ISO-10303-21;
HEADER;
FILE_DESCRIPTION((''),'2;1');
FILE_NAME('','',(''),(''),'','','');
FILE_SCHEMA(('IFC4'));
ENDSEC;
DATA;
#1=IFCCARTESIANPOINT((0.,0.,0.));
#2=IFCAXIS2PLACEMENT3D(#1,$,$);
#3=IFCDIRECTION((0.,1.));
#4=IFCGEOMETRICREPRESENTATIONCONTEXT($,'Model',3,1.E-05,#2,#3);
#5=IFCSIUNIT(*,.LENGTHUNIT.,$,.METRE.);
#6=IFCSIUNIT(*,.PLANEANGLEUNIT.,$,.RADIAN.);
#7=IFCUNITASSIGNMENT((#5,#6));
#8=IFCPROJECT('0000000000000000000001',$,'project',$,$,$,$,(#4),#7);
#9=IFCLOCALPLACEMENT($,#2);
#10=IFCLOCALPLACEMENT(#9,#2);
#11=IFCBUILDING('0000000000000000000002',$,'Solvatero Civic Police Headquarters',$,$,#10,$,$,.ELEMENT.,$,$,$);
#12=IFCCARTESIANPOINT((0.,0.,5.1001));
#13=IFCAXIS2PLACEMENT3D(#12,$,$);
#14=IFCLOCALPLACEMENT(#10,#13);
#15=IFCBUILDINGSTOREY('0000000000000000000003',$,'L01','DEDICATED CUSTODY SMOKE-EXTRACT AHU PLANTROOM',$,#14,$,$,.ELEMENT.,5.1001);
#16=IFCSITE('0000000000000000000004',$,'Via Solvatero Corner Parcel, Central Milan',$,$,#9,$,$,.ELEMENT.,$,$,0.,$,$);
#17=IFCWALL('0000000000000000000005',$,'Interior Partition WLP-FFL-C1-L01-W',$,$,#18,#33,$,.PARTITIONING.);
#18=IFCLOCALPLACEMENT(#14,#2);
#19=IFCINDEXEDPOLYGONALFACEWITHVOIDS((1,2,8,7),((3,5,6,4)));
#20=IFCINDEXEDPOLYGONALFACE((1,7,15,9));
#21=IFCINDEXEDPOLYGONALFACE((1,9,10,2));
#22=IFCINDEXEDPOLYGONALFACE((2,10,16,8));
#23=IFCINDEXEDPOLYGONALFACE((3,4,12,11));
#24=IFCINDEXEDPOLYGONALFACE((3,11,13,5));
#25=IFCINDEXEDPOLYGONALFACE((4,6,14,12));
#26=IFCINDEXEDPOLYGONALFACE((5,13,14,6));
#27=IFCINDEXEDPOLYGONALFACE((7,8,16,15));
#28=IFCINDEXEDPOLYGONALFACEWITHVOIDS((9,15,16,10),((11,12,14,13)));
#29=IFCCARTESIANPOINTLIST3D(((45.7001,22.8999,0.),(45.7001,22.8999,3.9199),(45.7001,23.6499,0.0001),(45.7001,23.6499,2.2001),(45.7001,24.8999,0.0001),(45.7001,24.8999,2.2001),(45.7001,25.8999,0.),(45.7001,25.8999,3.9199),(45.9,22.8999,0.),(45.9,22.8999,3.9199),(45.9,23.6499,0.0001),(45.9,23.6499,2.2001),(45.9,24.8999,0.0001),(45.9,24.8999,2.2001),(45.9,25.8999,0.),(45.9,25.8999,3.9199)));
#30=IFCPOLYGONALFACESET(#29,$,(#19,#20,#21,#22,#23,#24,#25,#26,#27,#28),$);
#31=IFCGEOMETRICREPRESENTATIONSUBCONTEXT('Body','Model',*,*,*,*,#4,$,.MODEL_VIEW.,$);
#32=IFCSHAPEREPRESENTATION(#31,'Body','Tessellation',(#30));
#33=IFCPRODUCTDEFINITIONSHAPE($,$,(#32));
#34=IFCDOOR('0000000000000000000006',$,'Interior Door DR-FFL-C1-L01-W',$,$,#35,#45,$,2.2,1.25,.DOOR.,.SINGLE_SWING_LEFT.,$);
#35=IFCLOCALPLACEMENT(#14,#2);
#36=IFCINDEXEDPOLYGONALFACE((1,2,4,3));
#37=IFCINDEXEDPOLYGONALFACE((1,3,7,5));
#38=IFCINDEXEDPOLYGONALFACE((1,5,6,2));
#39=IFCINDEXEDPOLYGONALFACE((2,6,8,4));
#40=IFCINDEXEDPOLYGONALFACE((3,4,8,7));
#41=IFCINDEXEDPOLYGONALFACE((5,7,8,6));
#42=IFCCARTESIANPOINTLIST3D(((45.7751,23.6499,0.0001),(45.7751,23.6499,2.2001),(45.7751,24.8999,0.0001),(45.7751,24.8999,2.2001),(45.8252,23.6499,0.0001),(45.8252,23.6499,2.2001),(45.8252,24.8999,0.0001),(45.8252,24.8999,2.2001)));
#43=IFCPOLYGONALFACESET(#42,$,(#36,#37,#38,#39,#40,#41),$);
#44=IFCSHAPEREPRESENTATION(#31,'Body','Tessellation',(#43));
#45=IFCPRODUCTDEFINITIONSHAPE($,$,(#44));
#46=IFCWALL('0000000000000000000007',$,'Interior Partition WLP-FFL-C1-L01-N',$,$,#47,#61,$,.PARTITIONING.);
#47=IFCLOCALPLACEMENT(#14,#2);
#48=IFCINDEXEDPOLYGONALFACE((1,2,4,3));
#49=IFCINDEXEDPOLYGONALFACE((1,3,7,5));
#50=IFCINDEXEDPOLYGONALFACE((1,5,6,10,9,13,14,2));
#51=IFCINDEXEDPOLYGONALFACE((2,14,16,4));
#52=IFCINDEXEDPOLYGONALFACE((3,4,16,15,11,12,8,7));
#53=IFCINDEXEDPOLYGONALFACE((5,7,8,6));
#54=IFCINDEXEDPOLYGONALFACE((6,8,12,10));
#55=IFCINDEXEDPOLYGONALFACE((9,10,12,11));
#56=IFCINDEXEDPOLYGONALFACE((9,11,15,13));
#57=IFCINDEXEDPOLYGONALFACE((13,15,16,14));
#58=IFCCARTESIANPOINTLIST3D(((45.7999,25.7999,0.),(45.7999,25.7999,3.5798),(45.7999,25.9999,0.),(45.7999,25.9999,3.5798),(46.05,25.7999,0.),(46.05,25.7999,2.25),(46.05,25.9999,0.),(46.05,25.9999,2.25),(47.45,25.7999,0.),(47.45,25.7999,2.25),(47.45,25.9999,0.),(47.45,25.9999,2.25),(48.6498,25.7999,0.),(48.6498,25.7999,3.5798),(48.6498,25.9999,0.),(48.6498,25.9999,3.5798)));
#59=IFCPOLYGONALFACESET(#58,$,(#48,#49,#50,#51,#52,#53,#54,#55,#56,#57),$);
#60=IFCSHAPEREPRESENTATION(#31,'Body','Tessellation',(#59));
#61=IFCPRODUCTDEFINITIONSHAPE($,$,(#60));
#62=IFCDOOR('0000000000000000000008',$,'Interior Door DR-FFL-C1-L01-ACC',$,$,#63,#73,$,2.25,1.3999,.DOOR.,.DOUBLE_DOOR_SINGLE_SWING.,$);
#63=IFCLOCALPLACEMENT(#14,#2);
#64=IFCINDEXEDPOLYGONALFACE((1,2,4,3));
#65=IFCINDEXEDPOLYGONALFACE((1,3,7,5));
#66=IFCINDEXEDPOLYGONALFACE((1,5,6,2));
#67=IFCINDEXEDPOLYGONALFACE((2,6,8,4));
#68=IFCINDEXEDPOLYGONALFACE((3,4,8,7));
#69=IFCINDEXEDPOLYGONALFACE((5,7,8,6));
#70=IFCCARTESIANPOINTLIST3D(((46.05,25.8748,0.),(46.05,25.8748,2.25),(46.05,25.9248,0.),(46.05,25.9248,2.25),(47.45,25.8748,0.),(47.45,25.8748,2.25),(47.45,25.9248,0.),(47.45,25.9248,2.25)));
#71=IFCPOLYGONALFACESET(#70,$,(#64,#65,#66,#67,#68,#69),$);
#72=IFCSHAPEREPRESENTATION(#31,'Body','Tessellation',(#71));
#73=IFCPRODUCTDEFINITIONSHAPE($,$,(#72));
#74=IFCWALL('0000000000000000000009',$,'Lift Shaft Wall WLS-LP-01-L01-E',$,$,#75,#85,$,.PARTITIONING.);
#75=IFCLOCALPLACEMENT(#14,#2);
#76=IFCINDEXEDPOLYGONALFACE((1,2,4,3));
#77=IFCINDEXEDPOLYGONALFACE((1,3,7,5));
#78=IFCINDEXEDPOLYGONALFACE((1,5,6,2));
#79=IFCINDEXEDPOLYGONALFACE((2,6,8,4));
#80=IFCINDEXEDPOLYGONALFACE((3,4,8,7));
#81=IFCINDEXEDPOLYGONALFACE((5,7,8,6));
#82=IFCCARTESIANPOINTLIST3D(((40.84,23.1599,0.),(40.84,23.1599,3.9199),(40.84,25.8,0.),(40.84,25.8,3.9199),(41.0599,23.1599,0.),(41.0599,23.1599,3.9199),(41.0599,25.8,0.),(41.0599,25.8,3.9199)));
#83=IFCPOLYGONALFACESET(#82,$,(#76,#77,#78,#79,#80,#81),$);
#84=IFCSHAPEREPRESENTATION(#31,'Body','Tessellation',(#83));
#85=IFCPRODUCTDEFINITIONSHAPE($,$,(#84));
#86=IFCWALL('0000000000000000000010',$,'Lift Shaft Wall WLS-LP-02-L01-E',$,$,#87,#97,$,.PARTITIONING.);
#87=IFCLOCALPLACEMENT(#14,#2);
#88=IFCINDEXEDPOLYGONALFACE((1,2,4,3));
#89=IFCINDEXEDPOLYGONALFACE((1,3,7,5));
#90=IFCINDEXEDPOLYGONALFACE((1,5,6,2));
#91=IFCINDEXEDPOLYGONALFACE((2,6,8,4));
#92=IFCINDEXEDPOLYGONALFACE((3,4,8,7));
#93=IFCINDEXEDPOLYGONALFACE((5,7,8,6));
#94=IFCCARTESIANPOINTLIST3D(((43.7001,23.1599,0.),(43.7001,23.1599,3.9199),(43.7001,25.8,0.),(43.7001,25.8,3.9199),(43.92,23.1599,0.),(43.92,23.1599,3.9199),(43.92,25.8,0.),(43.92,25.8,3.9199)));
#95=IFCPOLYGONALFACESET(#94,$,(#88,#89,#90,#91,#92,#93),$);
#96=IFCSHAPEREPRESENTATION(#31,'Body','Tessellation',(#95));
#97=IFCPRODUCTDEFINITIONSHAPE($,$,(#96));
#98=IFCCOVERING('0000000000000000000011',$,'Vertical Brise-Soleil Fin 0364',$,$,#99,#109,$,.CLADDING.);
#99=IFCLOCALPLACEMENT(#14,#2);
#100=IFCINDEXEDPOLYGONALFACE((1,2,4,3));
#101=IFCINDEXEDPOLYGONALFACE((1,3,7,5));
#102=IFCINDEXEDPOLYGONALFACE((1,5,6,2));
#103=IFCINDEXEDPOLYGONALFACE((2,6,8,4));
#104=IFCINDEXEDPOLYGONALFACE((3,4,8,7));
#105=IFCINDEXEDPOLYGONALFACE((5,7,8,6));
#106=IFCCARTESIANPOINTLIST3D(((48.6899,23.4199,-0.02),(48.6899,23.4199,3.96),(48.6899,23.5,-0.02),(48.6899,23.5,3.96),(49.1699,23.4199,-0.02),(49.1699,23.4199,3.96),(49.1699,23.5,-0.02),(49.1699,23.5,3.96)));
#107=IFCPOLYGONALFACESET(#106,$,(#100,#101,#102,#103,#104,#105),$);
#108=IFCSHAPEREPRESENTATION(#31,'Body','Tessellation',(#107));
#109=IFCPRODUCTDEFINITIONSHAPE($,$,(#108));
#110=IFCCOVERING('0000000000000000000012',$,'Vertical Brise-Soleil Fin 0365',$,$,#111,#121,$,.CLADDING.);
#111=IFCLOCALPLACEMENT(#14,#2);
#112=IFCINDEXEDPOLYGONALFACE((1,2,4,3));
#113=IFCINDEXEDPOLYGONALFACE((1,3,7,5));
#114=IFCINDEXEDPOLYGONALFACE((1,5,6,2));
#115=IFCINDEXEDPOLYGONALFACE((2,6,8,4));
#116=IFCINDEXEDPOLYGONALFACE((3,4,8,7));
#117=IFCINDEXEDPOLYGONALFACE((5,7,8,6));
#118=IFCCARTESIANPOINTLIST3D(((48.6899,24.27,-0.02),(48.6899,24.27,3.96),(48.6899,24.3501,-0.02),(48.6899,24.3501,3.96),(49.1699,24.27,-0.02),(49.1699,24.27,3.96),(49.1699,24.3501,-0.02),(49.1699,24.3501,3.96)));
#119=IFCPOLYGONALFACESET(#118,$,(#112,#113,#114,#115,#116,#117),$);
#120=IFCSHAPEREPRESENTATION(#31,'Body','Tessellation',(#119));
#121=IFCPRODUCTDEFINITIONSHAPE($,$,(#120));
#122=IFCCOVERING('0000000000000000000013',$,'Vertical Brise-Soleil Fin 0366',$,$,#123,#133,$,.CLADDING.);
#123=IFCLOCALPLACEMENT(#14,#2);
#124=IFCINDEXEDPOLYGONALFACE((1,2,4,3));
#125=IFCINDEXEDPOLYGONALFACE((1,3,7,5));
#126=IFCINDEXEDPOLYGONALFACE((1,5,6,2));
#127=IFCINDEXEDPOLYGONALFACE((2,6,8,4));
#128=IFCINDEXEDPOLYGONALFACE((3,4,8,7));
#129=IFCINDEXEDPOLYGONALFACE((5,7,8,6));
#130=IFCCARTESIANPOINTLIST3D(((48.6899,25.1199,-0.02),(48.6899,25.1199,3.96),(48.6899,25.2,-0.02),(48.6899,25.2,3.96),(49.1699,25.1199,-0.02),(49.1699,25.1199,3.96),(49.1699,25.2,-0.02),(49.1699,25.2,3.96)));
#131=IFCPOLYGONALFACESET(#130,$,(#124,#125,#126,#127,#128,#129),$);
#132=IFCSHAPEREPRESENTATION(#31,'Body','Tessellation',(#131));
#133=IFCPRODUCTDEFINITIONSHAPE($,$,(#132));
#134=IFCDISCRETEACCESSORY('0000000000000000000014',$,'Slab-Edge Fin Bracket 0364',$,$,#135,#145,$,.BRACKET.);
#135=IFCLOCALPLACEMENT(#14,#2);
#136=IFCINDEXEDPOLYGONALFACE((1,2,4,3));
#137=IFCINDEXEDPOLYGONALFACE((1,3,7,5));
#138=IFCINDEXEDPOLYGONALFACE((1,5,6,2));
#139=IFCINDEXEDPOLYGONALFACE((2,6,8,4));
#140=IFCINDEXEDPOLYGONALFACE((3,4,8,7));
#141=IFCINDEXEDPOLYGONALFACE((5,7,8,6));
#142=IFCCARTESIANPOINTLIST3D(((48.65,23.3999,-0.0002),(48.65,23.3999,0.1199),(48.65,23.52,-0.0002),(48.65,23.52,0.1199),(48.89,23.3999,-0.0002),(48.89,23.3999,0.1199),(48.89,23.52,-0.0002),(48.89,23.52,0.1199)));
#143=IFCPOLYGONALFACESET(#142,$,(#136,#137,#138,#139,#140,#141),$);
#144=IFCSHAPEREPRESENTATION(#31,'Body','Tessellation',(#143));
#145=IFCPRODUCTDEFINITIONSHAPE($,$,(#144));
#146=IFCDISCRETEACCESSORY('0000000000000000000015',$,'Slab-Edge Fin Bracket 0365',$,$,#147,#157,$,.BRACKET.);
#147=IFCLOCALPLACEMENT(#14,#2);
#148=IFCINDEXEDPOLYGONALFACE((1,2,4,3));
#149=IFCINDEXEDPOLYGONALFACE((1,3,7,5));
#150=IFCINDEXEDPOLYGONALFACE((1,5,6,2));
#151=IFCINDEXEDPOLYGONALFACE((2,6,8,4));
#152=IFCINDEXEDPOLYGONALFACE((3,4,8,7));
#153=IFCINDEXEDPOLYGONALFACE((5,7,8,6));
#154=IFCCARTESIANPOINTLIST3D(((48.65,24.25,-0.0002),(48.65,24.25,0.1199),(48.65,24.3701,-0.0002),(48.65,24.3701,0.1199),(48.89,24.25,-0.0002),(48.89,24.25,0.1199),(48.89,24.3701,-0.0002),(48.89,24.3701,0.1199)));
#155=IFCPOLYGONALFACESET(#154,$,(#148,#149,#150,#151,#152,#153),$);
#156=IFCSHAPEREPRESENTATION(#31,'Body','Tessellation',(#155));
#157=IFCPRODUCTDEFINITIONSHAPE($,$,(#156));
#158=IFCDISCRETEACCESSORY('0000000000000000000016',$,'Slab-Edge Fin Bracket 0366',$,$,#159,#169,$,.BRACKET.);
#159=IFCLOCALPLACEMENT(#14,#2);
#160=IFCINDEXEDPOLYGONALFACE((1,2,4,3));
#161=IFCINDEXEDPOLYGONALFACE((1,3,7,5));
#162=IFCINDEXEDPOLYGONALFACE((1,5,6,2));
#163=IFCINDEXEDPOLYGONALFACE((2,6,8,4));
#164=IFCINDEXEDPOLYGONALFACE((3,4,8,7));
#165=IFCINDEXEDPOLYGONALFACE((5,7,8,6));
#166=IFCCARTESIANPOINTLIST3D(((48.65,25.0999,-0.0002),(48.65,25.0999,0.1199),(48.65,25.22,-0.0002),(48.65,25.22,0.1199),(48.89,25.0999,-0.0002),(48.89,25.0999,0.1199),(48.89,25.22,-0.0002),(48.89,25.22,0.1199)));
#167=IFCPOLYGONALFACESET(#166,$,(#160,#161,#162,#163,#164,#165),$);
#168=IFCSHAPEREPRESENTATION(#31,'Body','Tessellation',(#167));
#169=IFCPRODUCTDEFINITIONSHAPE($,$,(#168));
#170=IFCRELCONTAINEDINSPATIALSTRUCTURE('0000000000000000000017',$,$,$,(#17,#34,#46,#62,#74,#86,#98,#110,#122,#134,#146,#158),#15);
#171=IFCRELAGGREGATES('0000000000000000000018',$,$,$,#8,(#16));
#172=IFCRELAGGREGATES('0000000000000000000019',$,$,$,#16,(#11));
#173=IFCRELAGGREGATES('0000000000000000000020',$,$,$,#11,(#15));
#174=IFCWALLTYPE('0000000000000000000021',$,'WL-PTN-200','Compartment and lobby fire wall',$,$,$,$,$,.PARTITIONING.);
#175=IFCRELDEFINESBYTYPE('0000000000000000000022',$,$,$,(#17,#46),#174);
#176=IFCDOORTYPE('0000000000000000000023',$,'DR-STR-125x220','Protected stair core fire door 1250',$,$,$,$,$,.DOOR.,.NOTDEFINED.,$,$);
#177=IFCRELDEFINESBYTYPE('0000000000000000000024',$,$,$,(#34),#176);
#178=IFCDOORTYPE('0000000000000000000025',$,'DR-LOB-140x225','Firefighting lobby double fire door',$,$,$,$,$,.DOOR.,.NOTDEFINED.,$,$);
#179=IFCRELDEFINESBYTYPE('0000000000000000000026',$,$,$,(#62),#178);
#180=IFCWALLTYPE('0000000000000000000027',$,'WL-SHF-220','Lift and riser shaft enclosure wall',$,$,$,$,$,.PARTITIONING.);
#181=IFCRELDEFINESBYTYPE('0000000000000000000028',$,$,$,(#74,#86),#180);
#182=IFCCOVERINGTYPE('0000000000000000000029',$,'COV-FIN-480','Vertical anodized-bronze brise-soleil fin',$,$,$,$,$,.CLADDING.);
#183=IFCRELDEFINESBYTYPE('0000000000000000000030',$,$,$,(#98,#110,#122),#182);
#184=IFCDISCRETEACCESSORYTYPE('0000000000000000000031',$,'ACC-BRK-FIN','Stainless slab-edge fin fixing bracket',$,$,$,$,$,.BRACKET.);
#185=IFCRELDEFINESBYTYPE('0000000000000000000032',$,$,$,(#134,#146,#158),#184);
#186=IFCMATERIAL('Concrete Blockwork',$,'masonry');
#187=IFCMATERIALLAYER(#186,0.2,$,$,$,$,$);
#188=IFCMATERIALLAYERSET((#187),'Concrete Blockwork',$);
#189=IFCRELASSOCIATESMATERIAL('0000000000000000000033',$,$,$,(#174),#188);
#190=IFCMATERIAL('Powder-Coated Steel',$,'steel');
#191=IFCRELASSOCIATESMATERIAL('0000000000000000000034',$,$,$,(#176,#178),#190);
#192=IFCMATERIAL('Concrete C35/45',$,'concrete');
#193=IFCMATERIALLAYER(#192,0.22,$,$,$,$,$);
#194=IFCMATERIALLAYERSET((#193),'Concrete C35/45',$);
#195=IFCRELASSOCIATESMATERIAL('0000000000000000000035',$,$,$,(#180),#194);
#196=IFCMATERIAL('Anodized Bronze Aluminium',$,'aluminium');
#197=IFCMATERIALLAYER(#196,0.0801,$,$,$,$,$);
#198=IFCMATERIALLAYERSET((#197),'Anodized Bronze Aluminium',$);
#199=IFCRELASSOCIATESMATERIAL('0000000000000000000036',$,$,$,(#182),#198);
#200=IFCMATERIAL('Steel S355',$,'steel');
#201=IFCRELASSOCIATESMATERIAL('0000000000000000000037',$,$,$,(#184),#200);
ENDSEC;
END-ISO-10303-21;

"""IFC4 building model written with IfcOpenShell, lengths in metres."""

from ifc_helpers import new_model, si_unit, direction, frame, frame_2d, origin, origin_2d, place, context, subcontext, project, spatial, rectangle, extrude, material, layer, layer_set, type_object, element, fill, save


model = new_model("IFC4")

# Units and contexts
model_context = context("Model", 3, precision=1e-05, world=origin(), true_north=direction((0.0, 1.0)))
body_context = subcontext(model_context, "Body", "Model", "MODEL_VIEW")
ifc_project = project(units=[si_unit("LENGTHUNIT", "METRE"), si_unit("PLANEANGLEUNIT", "RADIAN")], contexts=[model_context])

# Site, building, storey
site_placement = place(None, origin())
site = spatial("IfcSite", under=ifc_project, at=site_placement, Name="Via Solvatero Corner Parcel, Central Milan", CompositionType="ELEMENT", RefElevation=0.0)
building_placement = place(site_placement, origin())
building = spatial("IfcBuilding", under=site, at=building_placement, Name="Solvatero Civic Police Headquarters", CompositionType="ELEMENT")
storey_placement = place(building_placement, frame((0.0, 0.0, 5.1001)))
storey = spatial("IfcBuildingStorey", under=building, at=storey_placement, Name="L01", Description="DEDICATED CUSTODY SMOKE-EXTRACT AHU PLANTROOM", CompositionType="ELEMENT", Elevation=5.1001)

# Shared definitions
ifc_material_1 = material(Name="Steel S355", Category="steel")

# Shared definitions
ifc_material_2 = material(Name="Anodized Bronze Aluminium", Category="aluminium")

# Walls, openings, doors
ifc_material_3 = material(Name="Concrete Blockwork", Category="masonry")
ifc_layer_1 = layer(ifc_material_3, 0.2)
ifc_layer_set_1 = layer_set([ifc_layer_1], Name="Concrete Blockwork")
wall_type_1 = type_object("IfcWallType", Name="WL-PTN-200", Description="Compartment and lobby fire wall", PredefinedType="PARTITIONING", material=ifc_layer_set_1)
wall_1_placement = place(storey_placement, frame((45.8, 22.8999, 0.0), z_axis=(0.0, 0.0, 1.0), x_axis=(0.0, 1.0, 0.0)))
wall_1 = element("IfcWall", 1, at=wall_1_placement, inside=storey, type_object=wall_type_1, Name="Interior Partition WLP-FFL-C1-L01-W", PredefinedType="PARTITIONING", context=body_context, shape_type="SweptSolid", body=[
    extrude(rectangle(XDim=3.0, YDim=0.2, at=frame_2d((1.5, 0.0))), origin(), (0.0, 0.0, 1.0), 3.9199),
])
opening_1_placement = place(wall_1_placement, frame((0.75, 0.0, 0.0)))
opening_1 = element("IfcOpeningElement", 2, at=opening_1_placement, cuts=wall_1, PredefinedType="OPENING", context=body_context, shape_type="SweptSolid", body=[
    extrude(rectangle(XDim=1.25, YDim=2.2, at=frame_2d((0.625, 1.1001))), frame((0.0, 0.1099, 0.0), z_axis=(0.0, -1.0, 0.0), x_axis=(1.0, 0.0, 0.0)), (0.0, 0.0, 1.0), 0.22),
])
ifc_material_4 = material(Name="Powder-Coated Steel", Category="steel")
door_type_1 = type_object("IfcDoorType", Name="DR-STR-125x220", Description="Protected stair core fire door 1250", OperationType="NOTDEFINED", PredefinedType="DOOR", material=ifc_material_4)
door_1_placement = place(opening_1_placement, origin())
door_1 = element("IfcDoor", 3, at=door_1_placement, inside=storey, type_object=door_type_1, Name="Interior Door DR-FFL-C1-L01-W", OperationType="SINGLE_SWING_LEFT", OverallHeight=2.2, OverallWidth=1.25, PredefinedType="DOOR", context=body_context, shape_type="SweptSolid", body=[
    extrude(rectangle(XDim=1.25, YDim=2.2, at=frame_2d((0.625, 1.1001))), frame((0.0, 0.0249, 0.0), z_axis=(0.0, -1.0, 0.0), x_axis=(1.0, 0.0, 0.0)), (0.0, 0.0, 1.0), 0.05),
])
fill(opening_1, door_1)
wall_2_placement = place(storey_placement, frame((45.8, 25.8999, 0.0), z_axis=(0.0, 0.0, 1.0), x_axis=(1.0, 0.0, 0.0)))
wall_2 = element("IfcWall", 4, at=wall_2_placement, inside=storey, type_object=wall_type_1, Name="Interior Partition WLP-FFL-C1-L01-N", PredefinedType="PARTITIONING", context=body_context, shape_type="SweptSolid", body=[
    extrude(rectangle(XDim=2.8499, YDim=0.2, at=frame_2d((1.4248, 0.0))), origin(), (0.0, 0.0, 1.0), 3.5798),
])
opening_2_placement = place(wall_2_placement, frame((0.25, 0.0, 0.0)))
opening_2 = element("IfcOpeningElement", 5, at=opening_2_placement, cuts=wall_2, PredefinedType="OPENING", context=body_context, shape_type="SweptSolid", body=[
    extrude(rectangle(XDim=1.3999, YDim=2.25, at=frame_2d((0.7, 1.125))), frame((0.0, 0.1099, 0.0), z_axis=(0.0, -1.0, 0.0), x_axis=(1.0, 0.0, 0.0)), (0.0, 0.0, 1.0), 0.22),
])
door_type_2 = type_object("IfcDoorType", Name="DR-LOB-140x225", Description="Firefighting lobby double fire door", OperationType="NOTDEFINED", PredefinedType="DOOR", material=ifc_material_4)
door_2_placement = place(opening_2_placement, origin())
door_2 = element("IfcDoor", 6, at=door_2_placement, inside=storey, type_object=door_type_2, Name="Interior Door DR-FFL-C1-L01-ACC", OperationType="DOUBLE_DOOR_SINGLE_SWING", OverallHeight=2.25, OverallWidth=1.3999, PredefinedType="DOOR", context=body_context, shape_type="SweptSolid", body=[
    extrude(rectangle(XDim=1.3999, YDim=2.25, at=frame_2d((0.7, 1.125))), frame((0.0, 0.0249, 0.0), z_axis=(0.0, -1.0, 0.0), x_axis=(1.0, 0.0, 0.0)), (0.0, 0.0, 1.0), 0.05),
])
fill(opening_2, door_2)

# Wall
ifc_material_5 = material(Name="Concrete C35/45", Category="concrete")
ifc_layer_2 = layer(ifc_material_5, 0.22)
ifc_layer_set_2 = layer_set([ifc_layer_2], Name="Concrete C35/45")
wall_type_2 = type_object("IfcWallType", Name="WL-SHF-220", Description="Lift and riser shaft enclosure wall", PredefinedType="PARTITIONING", material=ifc_layer_set_2)
wall_3_placement = place(storey_placement, frame((40.95, 23.1599, 0.0), z_axis=(0.0, 0.0, 1.0), x_axis=(0.0, 1.0, 0.0)))
element("IfcWall", 7, at=wall_3_placement, inside=storey, type_object=wall_type_2, Name="Lift Shaft Wall WLS-LP-01-L01-E", PredefinedType="PARTITIONING", context=body_context, shape_type="SweptSolid", body=[
    extrude(rectangle(XDim=2.6401, YDim=0.22, at=frame_2d((1.3201, 0.0))), origin(), (0.0, 0.0, 1.0), 3.9199),
])

# Wall
wall_4_placement = place(storey_placement, frame((43.8101, 23.1599, 0.0), z_axis=(0.0, 0.0, 1.0), x_axis=(0.0, 1.0, 0.0)))
element("IfcWall", 8, at=wall_4_placement, inside=storey, type_object=wall_type_2, Name="Lift Shaft Wall WLS-LP-02-L01-E", PredefinedType="PARTITIONING", context=body_context, shape_type="SweptSolid", body=[
    extrude(rectangle(XDim=2.6401, YDim=0.22, at=frame_2d((1.3201, 0.0))), origin(), (0.0, 0.0, 1.0), 3.9199),
])

# Coverings
ifc_layer_3 = layer(ifc_material_2, 0.0801)
ifc_layer_set_3 = layer_set([ifc_layer_3], Name="Anodized Bronze Aluminium")
covering_type = type_object("IfcCoveringType", Name="COV-FIN-480", Description="Vertical anodized-bronze brise-soleil fin", PredefinedType="CLADDING", material=ifc_layer_set_3)
for number, where, z_axis, x_axis, name in (
    (9, (48.9299, 23.46, -0.02), (0.0, 0.0, 1.0), (0.0, 1.0, 0.0), "Vertical Brise-Soleil Fin 0364"),
    (10, (48.9299, 24.3101, -0.02), (0.0, 0.0, 1.0), (0.0, 1.0, 0.0), "Vertical Brise-Soleil Fin 0365"),
    (11, (48.9299, 25.1599, -0.02), (0.0, 0.0, 1.0), (0.0, 1.0, 0.0), "Vertical Brise-Soleil Fin 0366"),
):
    element("IfcCovering", number, at=place(storey_placement, frame(where, z_axis=z_axis, x_axis=x_axis)), inside=storey, type_object=covering_type, Name=name, PredefinedType="CLADDING", context=body_context, shape_type="SweptSolid", body=[
        extrude(rectangle(XDim=0.0801, YDim=0.48, at=origin_2d()), origin(), (0.0, 0.0, 1.0), 3.98),
    ])

# Discrete accessories
discrete_accessory_type = type_object("IfcDiscreteAccessoryType", Name="ACC-BRK-FIN", Description="Stainless slab-edge fin fixing bracket", PredefinedType="BRACKET", material=ifc_material_1)
for number, where, z_axis, x_axis, name in (
    (12, (48.77, 23.46, -0.0002), (0.0, 0.0, 1.0), (0.0, 1.0, 0.0), "Slab-Edge Fin Bracket 0364"),
    (13, (48.77, 24.3101, -0.0002), (0.0, 0.0, 1.0), (0.0, 1.0, 0.0), "Slab-Edge Fin Bracket 0365"),
    (14, (48.77, 25.1599, -0.0002), (0.0, 0.0, 1.0), (0.0, 1.0, 0.0), "Slab-Edge Fin Bracket 0366"),
):
    element("IfcDiscreteAccessory", number, at=place(storey_placement, frame(where, z_axis=z_axis, x_axis=x_axis)), inside=storey, type_object=discrete_accessory_type, Name=name, PredefinedType="BRACKET", context=body_context, shape_type="SweptSolid", body=[
        extrude(rectangle(XDim=0.1201, YDim=0.24, at=origin_2d()), origin(), (0.0, 0.0, 1.0), 0.1201),
    ])

save(model, "model.ifc")
